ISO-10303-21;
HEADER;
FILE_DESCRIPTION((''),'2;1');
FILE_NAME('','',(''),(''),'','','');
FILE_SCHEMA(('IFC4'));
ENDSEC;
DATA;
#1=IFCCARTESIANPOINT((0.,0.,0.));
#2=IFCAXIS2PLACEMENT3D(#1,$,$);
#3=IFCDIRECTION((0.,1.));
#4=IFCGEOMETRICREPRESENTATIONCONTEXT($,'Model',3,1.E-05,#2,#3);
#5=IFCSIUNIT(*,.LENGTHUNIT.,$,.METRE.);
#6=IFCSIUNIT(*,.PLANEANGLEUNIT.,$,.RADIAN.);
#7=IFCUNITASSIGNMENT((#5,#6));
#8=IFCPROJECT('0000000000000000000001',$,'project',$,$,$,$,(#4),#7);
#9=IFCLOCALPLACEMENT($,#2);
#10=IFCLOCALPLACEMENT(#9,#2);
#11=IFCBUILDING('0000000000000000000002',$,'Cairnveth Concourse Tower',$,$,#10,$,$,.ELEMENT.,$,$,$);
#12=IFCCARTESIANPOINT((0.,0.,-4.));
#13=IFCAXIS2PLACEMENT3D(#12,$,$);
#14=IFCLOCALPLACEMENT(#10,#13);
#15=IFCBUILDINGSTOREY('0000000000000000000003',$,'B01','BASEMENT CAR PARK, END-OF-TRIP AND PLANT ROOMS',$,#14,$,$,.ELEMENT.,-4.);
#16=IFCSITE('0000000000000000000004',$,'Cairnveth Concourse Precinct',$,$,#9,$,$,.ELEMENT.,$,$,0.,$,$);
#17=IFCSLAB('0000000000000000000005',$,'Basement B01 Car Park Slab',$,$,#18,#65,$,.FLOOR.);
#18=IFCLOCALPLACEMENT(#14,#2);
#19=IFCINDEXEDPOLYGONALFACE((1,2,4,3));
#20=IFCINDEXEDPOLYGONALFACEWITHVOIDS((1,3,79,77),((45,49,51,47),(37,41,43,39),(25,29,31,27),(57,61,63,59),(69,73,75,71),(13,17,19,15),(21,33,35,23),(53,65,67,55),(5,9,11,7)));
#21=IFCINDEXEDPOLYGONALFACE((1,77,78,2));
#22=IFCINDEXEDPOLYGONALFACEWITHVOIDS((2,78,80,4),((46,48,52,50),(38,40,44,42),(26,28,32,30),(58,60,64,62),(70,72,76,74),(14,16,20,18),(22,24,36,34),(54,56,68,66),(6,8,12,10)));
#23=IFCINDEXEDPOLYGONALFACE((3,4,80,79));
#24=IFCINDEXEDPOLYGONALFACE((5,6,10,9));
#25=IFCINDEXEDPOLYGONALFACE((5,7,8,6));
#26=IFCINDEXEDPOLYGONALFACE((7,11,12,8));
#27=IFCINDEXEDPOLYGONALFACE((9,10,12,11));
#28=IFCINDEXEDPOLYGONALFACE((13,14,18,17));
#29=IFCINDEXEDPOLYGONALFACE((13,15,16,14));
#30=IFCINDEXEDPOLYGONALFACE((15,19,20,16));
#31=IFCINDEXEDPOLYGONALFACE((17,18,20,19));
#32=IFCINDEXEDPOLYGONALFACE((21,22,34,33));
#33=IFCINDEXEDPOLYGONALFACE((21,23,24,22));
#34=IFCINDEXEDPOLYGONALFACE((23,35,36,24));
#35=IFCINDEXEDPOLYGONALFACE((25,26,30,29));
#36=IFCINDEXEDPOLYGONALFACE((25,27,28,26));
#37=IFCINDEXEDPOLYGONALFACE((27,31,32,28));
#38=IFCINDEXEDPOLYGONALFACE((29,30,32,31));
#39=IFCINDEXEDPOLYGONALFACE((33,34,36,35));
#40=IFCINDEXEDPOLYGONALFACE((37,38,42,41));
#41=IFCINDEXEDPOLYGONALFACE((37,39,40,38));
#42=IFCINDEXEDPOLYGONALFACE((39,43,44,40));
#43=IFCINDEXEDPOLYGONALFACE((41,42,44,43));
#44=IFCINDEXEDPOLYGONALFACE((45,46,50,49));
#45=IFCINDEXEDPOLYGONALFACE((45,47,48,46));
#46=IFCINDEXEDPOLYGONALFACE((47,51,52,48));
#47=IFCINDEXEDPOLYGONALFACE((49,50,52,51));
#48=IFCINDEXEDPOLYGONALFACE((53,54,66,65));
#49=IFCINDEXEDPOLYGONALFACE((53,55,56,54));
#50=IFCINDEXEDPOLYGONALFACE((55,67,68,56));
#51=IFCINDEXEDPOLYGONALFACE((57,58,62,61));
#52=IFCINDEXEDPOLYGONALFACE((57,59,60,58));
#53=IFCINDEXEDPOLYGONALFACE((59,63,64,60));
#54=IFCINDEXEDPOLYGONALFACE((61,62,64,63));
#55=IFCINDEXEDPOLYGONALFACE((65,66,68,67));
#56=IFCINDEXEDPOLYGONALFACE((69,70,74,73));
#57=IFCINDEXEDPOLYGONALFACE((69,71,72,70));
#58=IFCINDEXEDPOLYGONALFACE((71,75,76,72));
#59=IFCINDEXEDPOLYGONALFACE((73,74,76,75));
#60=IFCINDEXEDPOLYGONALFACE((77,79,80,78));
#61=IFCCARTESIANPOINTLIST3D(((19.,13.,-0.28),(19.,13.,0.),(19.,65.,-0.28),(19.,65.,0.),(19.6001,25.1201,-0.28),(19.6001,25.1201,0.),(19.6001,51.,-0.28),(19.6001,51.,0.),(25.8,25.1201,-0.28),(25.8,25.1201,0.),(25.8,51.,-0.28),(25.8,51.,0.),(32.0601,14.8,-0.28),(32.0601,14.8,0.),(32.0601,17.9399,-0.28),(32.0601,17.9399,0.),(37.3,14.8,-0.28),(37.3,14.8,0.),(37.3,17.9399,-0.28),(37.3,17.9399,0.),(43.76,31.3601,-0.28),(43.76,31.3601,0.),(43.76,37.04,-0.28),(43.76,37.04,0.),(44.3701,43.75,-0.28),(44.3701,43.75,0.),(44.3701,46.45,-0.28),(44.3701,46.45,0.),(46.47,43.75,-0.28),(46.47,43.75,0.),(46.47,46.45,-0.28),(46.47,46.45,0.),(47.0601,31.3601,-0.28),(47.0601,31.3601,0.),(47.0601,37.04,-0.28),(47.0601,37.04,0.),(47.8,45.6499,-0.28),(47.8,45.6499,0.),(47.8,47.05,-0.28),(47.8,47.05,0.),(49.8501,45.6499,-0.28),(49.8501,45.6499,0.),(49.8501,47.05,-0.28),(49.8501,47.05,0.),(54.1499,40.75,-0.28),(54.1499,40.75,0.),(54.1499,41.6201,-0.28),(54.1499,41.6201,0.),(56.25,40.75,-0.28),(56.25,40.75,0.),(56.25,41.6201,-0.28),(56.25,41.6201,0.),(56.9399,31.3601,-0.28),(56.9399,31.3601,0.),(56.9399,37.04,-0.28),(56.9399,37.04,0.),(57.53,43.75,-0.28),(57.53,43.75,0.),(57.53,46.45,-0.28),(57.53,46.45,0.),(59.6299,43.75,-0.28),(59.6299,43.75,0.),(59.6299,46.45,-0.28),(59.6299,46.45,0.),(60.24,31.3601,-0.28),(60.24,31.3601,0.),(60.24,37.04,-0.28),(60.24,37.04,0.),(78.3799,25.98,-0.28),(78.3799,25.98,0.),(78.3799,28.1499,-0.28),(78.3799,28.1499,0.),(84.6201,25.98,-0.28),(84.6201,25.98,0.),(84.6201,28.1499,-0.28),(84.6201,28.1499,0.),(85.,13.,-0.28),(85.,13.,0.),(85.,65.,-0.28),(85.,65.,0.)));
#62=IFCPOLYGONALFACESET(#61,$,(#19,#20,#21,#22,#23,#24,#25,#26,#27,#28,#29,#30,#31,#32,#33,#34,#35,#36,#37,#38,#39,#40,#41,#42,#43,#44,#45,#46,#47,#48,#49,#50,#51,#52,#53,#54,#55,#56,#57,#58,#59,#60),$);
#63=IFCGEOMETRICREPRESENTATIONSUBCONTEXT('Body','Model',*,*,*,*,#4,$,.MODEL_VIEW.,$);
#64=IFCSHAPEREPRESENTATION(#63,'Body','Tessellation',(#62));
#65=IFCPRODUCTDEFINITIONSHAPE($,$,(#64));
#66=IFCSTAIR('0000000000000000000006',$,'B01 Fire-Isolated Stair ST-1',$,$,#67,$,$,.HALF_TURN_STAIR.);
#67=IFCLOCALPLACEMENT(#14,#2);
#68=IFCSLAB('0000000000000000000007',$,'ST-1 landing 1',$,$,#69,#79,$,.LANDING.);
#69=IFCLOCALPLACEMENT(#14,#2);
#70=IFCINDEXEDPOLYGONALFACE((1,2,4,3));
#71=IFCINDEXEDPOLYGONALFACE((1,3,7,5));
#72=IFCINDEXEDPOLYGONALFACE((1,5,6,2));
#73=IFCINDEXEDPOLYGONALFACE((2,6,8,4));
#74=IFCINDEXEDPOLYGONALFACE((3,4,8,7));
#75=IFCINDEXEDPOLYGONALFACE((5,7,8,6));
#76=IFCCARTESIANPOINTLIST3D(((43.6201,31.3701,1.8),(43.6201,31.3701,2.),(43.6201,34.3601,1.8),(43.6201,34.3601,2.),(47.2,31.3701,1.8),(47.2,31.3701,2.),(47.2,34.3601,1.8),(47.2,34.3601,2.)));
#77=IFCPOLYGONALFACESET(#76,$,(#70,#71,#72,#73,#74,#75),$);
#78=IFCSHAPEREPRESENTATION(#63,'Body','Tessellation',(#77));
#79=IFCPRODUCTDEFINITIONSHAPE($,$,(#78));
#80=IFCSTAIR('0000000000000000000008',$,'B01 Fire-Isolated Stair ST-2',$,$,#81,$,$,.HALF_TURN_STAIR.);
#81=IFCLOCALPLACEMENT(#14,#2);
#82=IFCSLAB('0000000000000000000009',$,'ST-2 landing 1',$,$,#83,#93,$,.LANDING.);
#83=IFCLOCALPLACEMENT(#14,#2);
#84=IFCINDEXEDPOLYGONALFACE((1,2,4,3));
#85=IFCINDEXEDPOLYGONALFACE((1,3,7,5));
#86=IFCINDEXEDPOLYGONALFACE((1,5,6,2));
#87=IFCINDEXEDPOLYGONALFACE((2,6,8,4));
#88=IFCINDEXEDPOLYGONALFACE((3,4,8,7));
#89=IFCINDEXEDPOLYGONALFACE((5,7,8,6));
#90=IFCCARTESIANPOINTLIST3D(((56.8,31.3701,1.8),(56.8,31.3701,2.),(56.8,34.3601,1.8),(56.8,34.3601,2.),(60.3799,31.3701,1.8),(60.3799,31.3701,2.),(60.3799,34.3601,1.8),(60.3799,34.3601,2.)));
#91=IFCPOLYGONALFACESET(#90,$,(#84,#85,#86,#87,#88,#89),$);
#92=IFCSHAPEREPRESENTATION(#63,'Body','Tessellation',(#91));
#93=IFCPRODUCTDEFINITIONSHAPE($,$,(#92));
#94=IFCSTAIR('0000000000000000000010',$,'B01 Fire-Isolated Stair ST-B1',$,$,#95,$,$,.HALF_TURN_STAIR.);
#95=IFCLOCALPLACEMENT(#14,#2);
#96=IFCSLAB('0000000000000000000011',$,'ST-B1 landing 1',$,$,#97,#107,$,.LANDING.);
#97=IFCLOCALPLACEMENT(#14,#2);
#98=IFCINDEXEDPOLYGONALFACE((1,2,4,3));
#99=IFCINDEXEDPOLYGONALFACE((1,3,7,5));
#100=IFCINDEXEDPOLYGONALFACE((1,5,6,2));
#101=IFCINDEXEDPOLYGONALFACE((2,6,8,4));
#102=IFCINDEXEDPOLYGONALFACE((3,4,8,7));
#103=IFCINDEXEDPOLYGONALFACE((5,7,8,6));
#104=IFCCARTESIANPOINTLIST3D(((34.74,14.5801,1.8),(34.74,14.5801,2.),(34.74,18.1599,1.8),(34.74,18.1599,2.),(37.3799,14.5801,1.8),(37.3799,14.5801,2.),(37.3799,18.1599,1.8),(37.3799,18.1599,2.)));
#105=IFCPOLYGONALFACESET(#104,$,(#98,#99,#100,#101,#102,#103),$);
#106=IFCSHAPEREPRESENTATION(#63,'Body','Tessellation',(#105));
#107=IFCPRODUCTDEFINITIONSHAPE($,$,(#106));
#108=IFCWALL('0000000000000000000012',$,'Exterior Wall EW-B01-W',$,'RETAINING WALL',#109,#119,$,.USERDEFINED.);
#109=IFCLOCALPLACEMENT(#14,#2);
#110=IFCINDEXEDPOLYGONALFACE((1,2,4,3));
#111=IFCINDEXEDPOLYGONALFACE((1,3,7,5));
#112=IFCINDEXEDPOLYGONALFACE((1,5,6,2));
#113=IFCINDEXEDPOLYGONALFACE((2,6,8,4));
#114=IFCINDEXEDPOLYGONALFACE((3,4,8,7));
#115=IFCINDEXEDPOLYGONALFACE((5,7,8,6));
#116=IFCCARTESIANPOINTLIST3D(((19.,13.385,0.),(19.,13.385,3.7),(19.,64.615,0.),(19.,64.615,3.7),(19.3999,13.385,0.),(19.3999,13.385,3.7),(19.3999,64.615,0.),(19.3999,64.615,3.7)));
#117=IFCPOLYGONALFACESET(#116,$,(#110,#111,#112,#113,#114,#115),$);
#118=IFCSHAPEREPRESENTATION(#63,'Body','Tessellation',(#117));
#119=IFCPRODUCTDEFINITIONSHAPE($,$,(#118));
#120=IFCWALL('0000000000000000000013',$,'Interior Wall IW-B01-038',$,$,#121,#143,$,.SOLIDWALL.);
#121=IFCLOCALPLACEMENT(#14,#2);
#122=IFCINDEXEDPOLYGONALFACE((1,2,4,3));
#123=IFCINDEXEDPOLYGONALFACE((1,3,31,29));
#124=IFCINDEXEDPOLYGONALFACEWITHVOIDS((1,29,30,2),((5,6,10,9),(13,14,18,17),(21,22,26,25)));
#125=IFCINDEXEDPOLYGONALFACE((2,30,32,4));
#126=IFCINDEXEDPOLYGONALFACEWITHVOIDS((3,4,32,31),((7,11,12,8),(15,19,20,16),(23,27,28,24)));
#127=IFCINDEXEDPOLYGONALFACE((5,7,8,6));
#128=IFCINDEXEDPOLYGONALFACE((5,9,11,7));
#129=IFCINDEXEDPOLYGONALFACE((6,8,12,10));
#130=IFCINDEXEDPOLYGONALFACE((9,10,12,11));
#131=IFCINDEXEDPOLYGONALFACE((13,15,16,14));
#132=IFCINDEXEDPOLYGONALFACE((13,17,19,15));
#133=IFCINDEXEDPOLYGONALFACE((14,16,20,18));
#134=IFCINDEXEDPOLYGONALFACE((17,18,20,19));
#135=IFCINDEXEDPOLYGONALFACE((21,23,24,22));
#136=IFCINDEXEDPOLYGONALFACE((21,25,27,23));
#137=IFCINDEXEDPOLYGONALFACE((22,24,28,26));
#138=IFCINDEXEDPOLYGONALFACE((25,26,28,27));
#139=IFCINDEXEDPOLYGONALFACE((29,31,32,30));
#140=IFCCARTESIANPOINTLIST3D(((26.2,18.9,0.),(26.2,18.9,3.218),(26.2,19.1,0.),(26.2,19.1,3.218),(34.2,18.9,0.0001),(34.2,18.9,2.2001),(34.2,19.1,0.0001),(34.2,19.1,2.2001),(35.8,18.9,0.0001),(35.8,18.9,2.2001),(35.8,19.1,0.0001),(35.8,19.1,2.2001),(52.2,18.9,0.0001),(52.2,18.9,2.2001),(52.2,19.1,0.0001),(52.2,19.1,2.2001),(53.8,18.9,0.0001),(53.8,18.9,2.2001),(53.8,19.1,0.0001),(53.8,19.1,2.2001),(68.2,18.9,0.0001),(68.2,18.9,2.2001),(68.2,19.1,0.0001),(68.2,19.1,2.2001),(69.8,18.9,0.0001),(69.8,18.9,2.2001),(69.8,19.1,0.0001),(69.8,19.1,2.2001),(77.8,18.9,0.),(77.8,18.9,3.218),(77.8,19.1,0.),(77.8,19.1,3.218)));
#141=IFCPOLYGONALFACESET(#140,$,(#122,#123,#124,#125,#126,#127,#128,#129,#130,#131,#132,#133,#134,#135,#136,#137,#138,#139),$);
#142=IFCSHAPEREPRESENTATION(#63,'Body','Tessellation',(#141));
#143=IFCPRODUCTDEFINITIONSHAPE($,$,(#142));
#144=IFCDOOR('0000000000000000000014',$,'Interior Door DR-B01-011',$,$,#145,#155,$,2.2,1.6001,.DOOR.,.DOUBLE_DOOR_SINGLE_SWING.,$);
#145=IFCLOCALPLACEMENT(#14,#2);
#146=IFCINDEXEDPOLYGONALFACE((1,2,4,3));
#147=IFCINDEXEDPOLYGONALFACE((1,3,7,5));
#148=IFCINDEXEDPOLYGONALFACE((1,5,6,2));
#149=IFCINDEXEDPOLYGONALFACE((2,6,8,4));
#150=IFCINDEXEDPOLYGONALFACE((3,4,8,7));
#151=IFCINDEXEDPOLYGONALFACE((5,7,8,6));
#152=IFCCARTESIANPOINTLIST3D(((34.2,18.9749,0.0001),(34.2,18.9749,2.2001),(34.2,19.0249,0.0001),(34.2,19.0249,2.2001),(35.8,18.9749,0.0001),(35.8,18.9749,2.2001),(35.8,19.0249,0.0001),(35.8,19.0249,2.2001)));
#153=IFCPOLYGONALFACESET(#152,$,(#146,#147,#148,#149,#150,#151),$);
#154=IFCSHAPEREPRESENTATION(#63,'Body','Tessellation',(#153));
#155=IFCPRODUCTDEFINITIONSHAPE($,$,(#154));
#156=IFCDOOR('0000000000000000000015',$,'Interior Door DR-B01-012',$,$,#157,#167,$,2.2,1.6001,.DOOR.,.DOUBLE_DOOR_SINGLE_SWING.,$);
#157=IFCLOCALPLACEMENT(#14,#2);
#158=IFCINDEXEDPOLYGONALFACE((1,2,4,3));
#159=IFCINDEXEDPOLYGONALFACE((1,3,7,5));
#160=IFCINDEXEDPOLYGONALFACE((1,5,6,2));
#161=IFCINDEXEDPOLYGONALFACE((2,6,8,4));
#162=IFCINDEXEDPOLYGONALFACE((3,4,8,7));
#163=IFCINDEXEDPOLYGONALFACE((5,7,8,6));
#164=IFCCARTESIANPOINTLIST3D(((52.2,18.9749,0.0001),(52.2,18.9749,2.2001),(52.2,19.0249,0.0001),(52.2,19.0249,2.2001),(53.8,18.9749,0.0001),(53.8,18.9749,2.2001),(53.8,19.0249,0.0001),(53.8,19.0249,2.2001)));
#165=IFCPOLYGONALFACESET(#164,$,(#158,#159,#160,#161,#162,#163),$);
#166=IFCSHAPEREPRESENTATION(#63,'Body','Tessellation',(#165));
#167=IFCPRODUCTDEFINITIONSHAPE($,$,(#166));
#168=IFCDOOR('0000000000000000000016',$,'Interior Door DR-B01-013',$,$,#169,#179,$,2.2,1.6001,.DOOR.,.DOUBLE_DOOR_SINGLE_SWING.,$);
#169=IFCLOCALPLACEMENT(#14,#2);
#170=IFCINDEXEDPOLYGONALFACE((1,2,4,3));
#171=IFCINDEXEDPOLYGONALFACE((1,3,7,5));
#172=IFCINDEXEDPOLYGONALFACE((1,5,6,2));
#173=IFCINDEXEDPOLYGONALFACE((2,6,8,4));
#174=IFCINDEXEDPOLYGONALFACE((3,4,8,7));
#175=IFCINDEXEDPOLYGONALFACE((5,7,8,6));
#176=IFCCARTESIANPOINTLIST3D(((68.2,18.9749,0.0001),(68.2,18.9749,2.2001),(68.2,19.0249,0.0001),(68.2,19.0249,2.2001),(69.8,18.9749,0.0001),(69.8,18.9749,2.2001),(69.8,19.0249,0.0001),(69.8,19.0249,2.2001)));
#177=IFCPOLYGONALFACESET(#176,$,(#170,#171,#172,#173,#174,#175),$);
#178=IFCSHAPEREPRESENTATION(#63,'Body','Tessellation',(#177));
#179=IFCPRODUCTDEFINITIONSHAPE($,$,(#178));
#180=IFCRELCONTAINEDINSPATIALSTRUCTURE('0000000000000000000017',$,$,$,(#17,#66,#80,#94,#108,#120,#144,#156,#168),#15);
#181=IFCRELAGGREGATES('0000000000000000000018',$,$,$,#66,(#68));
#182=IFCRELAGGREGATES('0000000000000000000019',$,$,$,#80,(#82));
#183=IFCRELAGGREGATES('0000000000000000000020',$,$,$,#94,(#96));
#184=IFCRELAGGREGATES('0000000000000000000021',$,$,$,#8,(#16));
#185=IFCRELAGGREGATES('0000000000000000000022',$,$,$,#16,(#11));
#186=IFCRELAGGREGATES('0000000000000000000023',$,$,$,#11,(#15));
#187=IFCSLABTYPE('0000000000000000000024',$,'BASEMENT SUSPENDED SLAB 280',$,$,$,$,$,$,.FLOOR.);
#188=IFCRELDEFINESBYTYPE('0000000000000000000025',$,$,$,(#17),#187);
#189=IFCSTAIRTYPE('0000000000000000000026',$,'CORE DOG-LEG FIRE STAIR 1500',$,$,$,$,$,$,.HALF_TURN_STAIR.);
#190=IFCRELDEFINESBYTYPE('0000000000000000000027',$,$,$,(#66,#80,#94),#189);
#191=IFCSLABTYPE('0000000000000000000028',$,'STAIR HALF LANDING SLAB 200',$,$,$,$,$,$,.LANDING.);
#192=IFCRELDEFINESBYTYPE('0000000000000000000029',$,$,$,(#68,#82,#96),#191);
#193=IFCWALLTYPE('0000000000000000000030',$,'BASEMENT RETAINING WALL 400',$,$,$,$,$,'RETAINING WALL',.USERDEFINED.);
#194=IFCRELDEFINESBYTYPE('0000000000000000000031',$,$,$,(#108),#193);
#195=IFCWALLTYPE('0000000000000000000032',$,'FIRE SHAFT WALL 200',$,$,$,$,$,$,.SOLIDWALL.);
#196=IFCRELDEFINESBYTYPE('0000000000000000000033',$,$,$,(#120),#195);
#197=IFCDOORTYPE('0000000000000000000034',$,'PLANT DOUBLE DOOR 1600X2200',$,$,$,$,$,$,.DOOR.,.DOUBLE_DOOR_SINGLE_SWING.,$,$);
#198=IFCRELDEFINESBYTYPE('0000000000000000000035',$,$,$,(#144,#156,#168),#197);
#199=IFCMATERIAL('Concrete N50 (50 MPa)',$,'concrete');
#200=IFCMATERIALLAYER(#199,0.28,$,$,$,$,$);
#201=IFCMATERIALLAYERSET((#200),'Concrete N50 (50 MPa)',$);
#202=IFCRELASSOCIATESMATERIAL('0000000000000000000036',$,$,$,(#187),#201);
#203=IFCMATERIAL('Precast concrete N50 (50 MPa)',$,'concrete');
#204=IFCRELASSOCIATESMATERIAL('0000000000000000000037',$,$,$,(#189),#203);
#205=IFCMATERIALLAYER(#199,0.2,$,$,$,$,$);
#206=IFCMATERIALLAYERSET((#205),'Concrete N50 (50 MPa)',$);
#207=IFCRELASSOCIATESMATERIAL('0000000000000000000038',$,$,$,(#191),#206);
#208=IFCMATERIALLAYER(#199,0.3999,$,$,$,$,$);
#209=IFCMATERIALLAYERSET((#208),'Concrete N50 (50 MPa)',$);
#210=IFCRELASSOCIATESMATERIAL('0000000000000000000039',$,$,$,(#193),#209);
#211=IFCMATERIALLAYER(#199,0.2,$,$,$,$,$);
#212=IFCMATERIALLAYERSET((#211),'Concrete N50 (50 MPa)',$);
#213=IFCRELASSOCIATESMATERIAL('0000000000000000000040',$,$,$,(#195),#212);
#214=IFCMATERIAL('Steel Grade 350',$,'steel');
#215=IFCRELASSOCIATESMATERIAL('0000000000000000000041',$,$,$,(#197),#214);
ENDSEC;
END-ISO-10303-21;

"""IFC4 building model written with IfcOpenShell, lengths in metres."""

from ifc_helpers import new_model, si_unit, direction, frame, frame_2d, origin, place, context, subcontext, project, spatial, polyline, rectangle, outline, extrude, material, layer, layer_set, type_object, element, fill, aggregate, save


model = new_model("IFC4")

# Units and contexts
model_context = context("Model", 3, precision=1e-05, world=origin(), true_north=direction((0.0, 1.0)))
body_context = subcontext(model_context, "Body", "Model", "MODEL_VIEW")
ifc_project = project(units=[si_unit("LENGTHUNIT", "METRE"), si_unit("PLANEANGLEUNIT", "RADIAN")], contexts=[model_context])

# Site, building, storey
site_placement = place(None, origin())
site = spatial("IfcSite", under=ifc_project, at=site_placement, Name="Cairnveth Concourse Precinct", CompositionType="ELEMENT", RefElevation=0.0)
building_placement = place(site_placement, origin())
building = spatial("IfcBuilding", under=site, at=building_placement, Name="Cairnveth Concourse Tower", CompositionType="ELEMENT")
storey_placement = place(building_placement, frame((0.0, 0.0, -4.0)))
storey = spatial("IfcBuildingStorey", under=building, at=storey_placement, Name="B01", Description="BASEMENT CAR PARK, END-OF-TRIP AND PLANT ROOMS", CompositionType="ELEMENT", Elevation=-4.0)

# Shared definitions
ifc_material_1 = material(Name="Steel Grade 350", Category="steel")

# Slab
ifc_material_2 = material(Name="Concrete N50 (50 MPa)", Category="concrete")
ifc_layer_1 = layer(ifc_material_2, 0.28)
ifc_layer_set_1 = layer_set([ifc_layer_1], Name="Concrete N50 (50 MPa)")
slab_type_1 = type_object("IfcSlabType", Name="BASEMENT SUSPENDED SLAB 280", PredefinedType="FLOOR", material=ifc_layer_set_1)
slab_1_placement = place(storey_placement, frame((0.0, 0.0, -0.28)))
element("IfcSlab", 1, at=slab_1_placement, inside=storey, type_object=slab_type_1, Name="Basement B01 Car Park Slab", PredefinedType="FLOOR", context=body_context, shape_type="SweptSolid", body=[
    extrude(outline(polyline([(19.0, 13.0), (85.0, 13.0), (85.0, 65.0), (19.0, 65.0), (19.0, 13.0)]), holes=[polyline([(43.76, 31.3601), (47.0601, 31.3601), (47.0601, 37.04), (43.76, 37.04), (43.76, 31.3601)]), polyline([(56.9399, 31.3601), (60.24, 31.3601), (60.24, 37.04), (56.9399, 37.04), (56.9399, 31.3601)]), polyline([(32.0601, 14.8), (37.3, 14.8), (37.3, 17.9399), (32.0601, 17.9399), (32.0601, 14.8)]), polyline([(44.3701, 43.75), (46.47, 43.75), (46.47, 46.45), (44.3701, 46.45), (44.3701, 43.75)]), polyline([(57.53, 43.75), (59.6299, 43.75), (59.6299, 46.45), (57.53, 46.45), (57.53, 43.75)]), polyline([(47.8, 45.6499), (49.8501, 45.6499), (49.8501, 47.05), (47.8, 47.05), (47.8, 45.6499)]), polyline([(54.1499, 40.75), (56.25, 40.75), (56.25, 41.6201), (54.1499, 41.6201), (54.1499, 40.75)]), polyline([(19.6001, 25.1201), (25.8, 25.1201), (25.8, 51.0), (19.6001, 51.0), (19.6001, 25.1201)]), polyline([(78.3799, 25.98), (84.6201, 25.98), (84.6201, 28.1499), (78.3799, 28.1499), (78.3799, 25.98)])]), origin(), (0.0, 0.0, 1.0), 0.28),
])

# Stairs, slabs
ifc_material_3 = material(Name="Precast concrete N50 (50 MPa)", Category="concrete")
stair_type = type_object("IfcStairType", Name="CORE DOG-LEG FIRE STAIR 1500", PredefinedType="HALF_TURN_STAIR", material=ifc_material_3)
stair_1_placement = place(storey_placement, origin())
stair_1 = element("IfcStair", 2, at=stair_1_placement, inside=storey, type_object=stair_type, Name="B01 Fire-Isolated Stair ST-1", PredefinedType="HALF_TURN_STAIR")
ifc_layer_2 = layer(ifc_material_2, 0.2)
ifc_layer_set_2 = layer_set([ifc_layer_2], Name="Concrete N50 (50 MPa)")
slab_type_2 = type_object("IfcSlabType", Name="STAIR HALF LANDING SLAB 200", PredefinedType="LANDING", material=ifc_layer_set_2)
slab_2_placement = place(storey_placement, frame((0.0, 0.0, 1.8)))
slab_2 = element("IfcSlab", 3, at=slab_2_placement, type_object=slab_type_2, Name="ST-1 landing 1", PredefinedType="LANDING", context=body_context, shape_type="SweptSolid", body=[
    extrude(outline(polyline([(43.6201, 34.3601), (43.6201, 31.3701), (47.2, 31.3701), (47.2, 34.3601), (43.6201, 34.3601)])), origin(), (0.0, 0.0, 1.0), 0.2),
])
aggregate(stair_1, [slab_2])
stair_2_placement = place(storey_placement, origin())
stair_2 = element("IfcStair", 4, at=stair_2_placement, inside=storey, type_object=stair_type, Name="B01 Fire-Isolated Stair ST-2", PredefinedType="HALF_TURN_STAIR")
slab_3_placement = place(storey_placement, frame((0.0, 0.0, 1.8)))
slab_3 = element("IfcSlab", 5, at=slab_3_placement, type_object=slab_type_2, Name="ST-2 landing 1", PredefinedType="LANDING", context=body_context, shape_type="SweptSolid", body=[
    extrude(outline(polyline([(56.8, 34.3601), (56.8, 31.3701), (60.3799, 31.3701), (60.3799, 34.3601), (56.8, 34.3601)])), origin(), (0.0, 0.0, 1.0), 0.2),
])
aggregate(stair_2, [slab_3])
stair_3_placement = place(storey_placement, origin())
stair_3 = element("IfcStair", 6, at=stair_3_placement, inside=storey, type_object=stair_type, Name="B01 Fire-Isolated Stair ST-B1", PredefinedType="HALF_TURN_STAIR")
slab_4_placement = place(storey_placement, frame((0.0, 0.0, 1.8)))
slab_4 = element("IfcSlab", 7, at=slab_4_placement, type_object=slab_type_2, Name="ST-B1 landing 1", PredefinedType="LANDING", context=body_context, shape_type="SweptSolid", body=[
    extrude(outline(polyline([(34.74, 14.5801), (37.3799, 14.5801), (37.3799, 18.1599), (34.74, 18.1599), (34.74, 14.5801)])), origin(), (0.0, 0.0, 1.0), 0.2),
])
aggregate(stair_3, [slab_4])

# Wall
ifc_layer_3 = layer(ifc_material_2, 0.3999)
ifc_layer_set_3 = layer_set([ifc_layer_3], Name="Concrete N50 (50 MPa)")
wall_type_1 = type_object("IfcWallType", Name="BASEMENT RETAINING WALL 400", ElementType="RETAINING WALL", PredefinedType="USERDEFINED", material=ifc_layer_set_3)
wall_1_placement = place(storey_placement, frame((19.2, 13.385, 0.0), z_axis=(0.0, 0.0, 1.0), x_axis=(0.0, 1.0, 0.0)))
element("IfcWall", 8, at=wall_1_placement, inside=storey, type_object=wall_type_1, Name="Exterior Wall EW-B01-W", ObjectType="RETAINING WALL", PredefinedType="USERDEFINED", context=body_context, shape_type="SweptSolid", body=[
    extrude(rectangle(XDim=51.23, YDim=0.3999, at=frame_2d((25.615, 0.0))), origin(), (0.0, 0.0, 1.0), 3.7),
])

# Wall, openings, doors
ifc_layer_4 = layer(ifc_material_2, 0.2)
ifc_layer_set_4 = layer_set([ifc_layer_4], Name="Concrete N50 (50 MPa)")
wall_type_2 = type_object("IfcWallType", Name="FIRE SHAFT WALL 200", PredefinedType="SOLIDWALL", material=ifc_layer_set_4)
wall_2_placement = place(storey_placement, frame((26.2, 19.0, 0.0), z_axis=(0.0, 0.0, 1.0), x_axis=(1.0, 0.0, 0.0)))
wall_2 = element("IfcWall", 9, at=wall_2_placement, inside=storey, type_object=wall_type_2, Name="Interior Wall IW-B01-038", PredefinedType="SOLIDWALL", context=body_context, shape_type="SweptSolid", body=[
    extrude(rectangle(XDim=51.6001, YDim=0.2, at=frame_2d((25.8, 0.0))), origin(), (0.0, 0.0, 1.0), 3.218),
])
opening_1_placement = place(wall_2_placement, frame((8.0, 0.0, 0.0)))
opening_1 = element("IfcOpeningElement", 10, at=opening_1_placement, cuts=wall_2, PredefinedType="OPENING", context=body_context, shape_type="SweptSolid", body=[
    extrude(rectangle(XDim=1.6001, YDim=2.2, at=frame_2d((0.8, 1.1001))), frame((0.0, 0.1099, 0.0), z_axis=(0.0, -1.0, 0.0), x_axis=(1.0, 0.0, 0.0)), (0.0, 0.0, 1.0), 0.22),
])
opening_2_placement = place(wall_2_placement, frame((26.0, 0.0, 0.0)))
opening_2 = element("IfcOpeningElement", 11, at=opening_2_placement, cuts=wall_2, PredefinedType="OPENING", context=body_context, shape_type="SweptSolid", body=[
    extrude(rectangle(XDim=1.6001, YDim=2.2, at=frame_2d((0.8, 1.1001))), frame((0.0, 0.1099, 0.0), z_axis=(0.0, -1.0, 0.0), x_axis=(1.0, 0.0, 0.0)), (0.0, 0.0, 1.0), 0.22),
])
opening_3_placement = place(wall_2_placement, frame((42.0, 0.0, 0.0)))
opening_3 = element("IfcOpeningElement", 12, at=opening_3_placement, cuts=wall_2, PredefinedType="OPENING", context=body_context, shape_type="SweptSolid", body=[
    extrude(rectangle(XDim=1.6001, YDim=2.2, at=frame_2d((0.8, 1.1001))), frame((0.0, 0.1099, 0.0), z_axis=(0.0, -1.0, 0.0), x_axis=(1.0, 0.0, 0.0)), (0.0, 0.0, 1.0), 0.22),
])
door_type = type_object("IfcDoorType", Name="PLANT DOUBLE DOOR 1600X2200", OperationType="DOUBLE_DOOR_SINGLE_SWING", PredefinedType="DOOR", material=ifc_material_1)
door_1_placement = place(opening_1_placement, origin())
door_1 = element("IfcDoor", 13, at=door_1_placement, inside=storey, type_object=door_type, Name="Interior Door DR-B01-011", OperationType="DOUBLE_DOOR_SINGLE_SWING", OverallHeight=2.2, OverallWidth=1.6001, PredefinedType="DOOR", context=body_context, shape_type="SweptSolid", body=[
    extrude(rectangle(XDim=1.6001, YDim=2.2, at=frame_2d((0.8, 1.1001))), frame((0.0, 0.0249, 0.0), z_axis=(0.0, -1.0, 0.0), x_axis=(1.0, 0.0, 0.0)), (0.0, 0.0, 1.0), 0.05),
])
fill(opening_1, door_1)
door_2_placement = place(opening_2_placement, origin())
door_2 = element("IfcDoor", 14, at=door_2_placement, inside=storey, type_object=door_type, Name="Interior Door DR-B01-012", OperationType="DOUBLE_DOOR_SINGLE_SWING", OverallHeight=2.2, OverallWidth=1.6001, PredefinedType="DOOR", context=body_context, shape_type="SweptSolid", body=[
    extrude(rectangle(XDim=1.6001, YDim=2.2, at=frame_2d((0.8, 1.1001))), frame((0.0, 0.0249, 0.0), z_axis=(0.0, -1.0, 0.0), x_axis=(1.0, 0.0, 0.0)), (0.0, 0.0, 1.0), 0.05),
])
fill(opening_2, door_2)
door_3_placement = place(opening_3_placement, origin())
door_3 = element("IfcDoor", 15, at=door_3_placement, inside=storey, type_object=door_type, Name="Interior Door DR-B01-013", OperationType="DOUBLE_DOOR_SINGLE_SWING", OverallHeight=2.2, OverallWidth=1.6001, PredefinedType="DOOR", context=body_context, shape_type="SweptSolid", body=[
    extrude(rectangle(XDim=1.6001, YDim=2.2, at=frame_2d((0.8, 1.1001))), frame((0.0, 0.0249, 0.0), z_axis=(0.0, -1.0, 0.0), x_axis=(1.0, 0.0, 0.0)), (0.0, 0.0, 1.0), 0.05),
])
fill(opening_3, door_3)

save(model, "model.ifc")
